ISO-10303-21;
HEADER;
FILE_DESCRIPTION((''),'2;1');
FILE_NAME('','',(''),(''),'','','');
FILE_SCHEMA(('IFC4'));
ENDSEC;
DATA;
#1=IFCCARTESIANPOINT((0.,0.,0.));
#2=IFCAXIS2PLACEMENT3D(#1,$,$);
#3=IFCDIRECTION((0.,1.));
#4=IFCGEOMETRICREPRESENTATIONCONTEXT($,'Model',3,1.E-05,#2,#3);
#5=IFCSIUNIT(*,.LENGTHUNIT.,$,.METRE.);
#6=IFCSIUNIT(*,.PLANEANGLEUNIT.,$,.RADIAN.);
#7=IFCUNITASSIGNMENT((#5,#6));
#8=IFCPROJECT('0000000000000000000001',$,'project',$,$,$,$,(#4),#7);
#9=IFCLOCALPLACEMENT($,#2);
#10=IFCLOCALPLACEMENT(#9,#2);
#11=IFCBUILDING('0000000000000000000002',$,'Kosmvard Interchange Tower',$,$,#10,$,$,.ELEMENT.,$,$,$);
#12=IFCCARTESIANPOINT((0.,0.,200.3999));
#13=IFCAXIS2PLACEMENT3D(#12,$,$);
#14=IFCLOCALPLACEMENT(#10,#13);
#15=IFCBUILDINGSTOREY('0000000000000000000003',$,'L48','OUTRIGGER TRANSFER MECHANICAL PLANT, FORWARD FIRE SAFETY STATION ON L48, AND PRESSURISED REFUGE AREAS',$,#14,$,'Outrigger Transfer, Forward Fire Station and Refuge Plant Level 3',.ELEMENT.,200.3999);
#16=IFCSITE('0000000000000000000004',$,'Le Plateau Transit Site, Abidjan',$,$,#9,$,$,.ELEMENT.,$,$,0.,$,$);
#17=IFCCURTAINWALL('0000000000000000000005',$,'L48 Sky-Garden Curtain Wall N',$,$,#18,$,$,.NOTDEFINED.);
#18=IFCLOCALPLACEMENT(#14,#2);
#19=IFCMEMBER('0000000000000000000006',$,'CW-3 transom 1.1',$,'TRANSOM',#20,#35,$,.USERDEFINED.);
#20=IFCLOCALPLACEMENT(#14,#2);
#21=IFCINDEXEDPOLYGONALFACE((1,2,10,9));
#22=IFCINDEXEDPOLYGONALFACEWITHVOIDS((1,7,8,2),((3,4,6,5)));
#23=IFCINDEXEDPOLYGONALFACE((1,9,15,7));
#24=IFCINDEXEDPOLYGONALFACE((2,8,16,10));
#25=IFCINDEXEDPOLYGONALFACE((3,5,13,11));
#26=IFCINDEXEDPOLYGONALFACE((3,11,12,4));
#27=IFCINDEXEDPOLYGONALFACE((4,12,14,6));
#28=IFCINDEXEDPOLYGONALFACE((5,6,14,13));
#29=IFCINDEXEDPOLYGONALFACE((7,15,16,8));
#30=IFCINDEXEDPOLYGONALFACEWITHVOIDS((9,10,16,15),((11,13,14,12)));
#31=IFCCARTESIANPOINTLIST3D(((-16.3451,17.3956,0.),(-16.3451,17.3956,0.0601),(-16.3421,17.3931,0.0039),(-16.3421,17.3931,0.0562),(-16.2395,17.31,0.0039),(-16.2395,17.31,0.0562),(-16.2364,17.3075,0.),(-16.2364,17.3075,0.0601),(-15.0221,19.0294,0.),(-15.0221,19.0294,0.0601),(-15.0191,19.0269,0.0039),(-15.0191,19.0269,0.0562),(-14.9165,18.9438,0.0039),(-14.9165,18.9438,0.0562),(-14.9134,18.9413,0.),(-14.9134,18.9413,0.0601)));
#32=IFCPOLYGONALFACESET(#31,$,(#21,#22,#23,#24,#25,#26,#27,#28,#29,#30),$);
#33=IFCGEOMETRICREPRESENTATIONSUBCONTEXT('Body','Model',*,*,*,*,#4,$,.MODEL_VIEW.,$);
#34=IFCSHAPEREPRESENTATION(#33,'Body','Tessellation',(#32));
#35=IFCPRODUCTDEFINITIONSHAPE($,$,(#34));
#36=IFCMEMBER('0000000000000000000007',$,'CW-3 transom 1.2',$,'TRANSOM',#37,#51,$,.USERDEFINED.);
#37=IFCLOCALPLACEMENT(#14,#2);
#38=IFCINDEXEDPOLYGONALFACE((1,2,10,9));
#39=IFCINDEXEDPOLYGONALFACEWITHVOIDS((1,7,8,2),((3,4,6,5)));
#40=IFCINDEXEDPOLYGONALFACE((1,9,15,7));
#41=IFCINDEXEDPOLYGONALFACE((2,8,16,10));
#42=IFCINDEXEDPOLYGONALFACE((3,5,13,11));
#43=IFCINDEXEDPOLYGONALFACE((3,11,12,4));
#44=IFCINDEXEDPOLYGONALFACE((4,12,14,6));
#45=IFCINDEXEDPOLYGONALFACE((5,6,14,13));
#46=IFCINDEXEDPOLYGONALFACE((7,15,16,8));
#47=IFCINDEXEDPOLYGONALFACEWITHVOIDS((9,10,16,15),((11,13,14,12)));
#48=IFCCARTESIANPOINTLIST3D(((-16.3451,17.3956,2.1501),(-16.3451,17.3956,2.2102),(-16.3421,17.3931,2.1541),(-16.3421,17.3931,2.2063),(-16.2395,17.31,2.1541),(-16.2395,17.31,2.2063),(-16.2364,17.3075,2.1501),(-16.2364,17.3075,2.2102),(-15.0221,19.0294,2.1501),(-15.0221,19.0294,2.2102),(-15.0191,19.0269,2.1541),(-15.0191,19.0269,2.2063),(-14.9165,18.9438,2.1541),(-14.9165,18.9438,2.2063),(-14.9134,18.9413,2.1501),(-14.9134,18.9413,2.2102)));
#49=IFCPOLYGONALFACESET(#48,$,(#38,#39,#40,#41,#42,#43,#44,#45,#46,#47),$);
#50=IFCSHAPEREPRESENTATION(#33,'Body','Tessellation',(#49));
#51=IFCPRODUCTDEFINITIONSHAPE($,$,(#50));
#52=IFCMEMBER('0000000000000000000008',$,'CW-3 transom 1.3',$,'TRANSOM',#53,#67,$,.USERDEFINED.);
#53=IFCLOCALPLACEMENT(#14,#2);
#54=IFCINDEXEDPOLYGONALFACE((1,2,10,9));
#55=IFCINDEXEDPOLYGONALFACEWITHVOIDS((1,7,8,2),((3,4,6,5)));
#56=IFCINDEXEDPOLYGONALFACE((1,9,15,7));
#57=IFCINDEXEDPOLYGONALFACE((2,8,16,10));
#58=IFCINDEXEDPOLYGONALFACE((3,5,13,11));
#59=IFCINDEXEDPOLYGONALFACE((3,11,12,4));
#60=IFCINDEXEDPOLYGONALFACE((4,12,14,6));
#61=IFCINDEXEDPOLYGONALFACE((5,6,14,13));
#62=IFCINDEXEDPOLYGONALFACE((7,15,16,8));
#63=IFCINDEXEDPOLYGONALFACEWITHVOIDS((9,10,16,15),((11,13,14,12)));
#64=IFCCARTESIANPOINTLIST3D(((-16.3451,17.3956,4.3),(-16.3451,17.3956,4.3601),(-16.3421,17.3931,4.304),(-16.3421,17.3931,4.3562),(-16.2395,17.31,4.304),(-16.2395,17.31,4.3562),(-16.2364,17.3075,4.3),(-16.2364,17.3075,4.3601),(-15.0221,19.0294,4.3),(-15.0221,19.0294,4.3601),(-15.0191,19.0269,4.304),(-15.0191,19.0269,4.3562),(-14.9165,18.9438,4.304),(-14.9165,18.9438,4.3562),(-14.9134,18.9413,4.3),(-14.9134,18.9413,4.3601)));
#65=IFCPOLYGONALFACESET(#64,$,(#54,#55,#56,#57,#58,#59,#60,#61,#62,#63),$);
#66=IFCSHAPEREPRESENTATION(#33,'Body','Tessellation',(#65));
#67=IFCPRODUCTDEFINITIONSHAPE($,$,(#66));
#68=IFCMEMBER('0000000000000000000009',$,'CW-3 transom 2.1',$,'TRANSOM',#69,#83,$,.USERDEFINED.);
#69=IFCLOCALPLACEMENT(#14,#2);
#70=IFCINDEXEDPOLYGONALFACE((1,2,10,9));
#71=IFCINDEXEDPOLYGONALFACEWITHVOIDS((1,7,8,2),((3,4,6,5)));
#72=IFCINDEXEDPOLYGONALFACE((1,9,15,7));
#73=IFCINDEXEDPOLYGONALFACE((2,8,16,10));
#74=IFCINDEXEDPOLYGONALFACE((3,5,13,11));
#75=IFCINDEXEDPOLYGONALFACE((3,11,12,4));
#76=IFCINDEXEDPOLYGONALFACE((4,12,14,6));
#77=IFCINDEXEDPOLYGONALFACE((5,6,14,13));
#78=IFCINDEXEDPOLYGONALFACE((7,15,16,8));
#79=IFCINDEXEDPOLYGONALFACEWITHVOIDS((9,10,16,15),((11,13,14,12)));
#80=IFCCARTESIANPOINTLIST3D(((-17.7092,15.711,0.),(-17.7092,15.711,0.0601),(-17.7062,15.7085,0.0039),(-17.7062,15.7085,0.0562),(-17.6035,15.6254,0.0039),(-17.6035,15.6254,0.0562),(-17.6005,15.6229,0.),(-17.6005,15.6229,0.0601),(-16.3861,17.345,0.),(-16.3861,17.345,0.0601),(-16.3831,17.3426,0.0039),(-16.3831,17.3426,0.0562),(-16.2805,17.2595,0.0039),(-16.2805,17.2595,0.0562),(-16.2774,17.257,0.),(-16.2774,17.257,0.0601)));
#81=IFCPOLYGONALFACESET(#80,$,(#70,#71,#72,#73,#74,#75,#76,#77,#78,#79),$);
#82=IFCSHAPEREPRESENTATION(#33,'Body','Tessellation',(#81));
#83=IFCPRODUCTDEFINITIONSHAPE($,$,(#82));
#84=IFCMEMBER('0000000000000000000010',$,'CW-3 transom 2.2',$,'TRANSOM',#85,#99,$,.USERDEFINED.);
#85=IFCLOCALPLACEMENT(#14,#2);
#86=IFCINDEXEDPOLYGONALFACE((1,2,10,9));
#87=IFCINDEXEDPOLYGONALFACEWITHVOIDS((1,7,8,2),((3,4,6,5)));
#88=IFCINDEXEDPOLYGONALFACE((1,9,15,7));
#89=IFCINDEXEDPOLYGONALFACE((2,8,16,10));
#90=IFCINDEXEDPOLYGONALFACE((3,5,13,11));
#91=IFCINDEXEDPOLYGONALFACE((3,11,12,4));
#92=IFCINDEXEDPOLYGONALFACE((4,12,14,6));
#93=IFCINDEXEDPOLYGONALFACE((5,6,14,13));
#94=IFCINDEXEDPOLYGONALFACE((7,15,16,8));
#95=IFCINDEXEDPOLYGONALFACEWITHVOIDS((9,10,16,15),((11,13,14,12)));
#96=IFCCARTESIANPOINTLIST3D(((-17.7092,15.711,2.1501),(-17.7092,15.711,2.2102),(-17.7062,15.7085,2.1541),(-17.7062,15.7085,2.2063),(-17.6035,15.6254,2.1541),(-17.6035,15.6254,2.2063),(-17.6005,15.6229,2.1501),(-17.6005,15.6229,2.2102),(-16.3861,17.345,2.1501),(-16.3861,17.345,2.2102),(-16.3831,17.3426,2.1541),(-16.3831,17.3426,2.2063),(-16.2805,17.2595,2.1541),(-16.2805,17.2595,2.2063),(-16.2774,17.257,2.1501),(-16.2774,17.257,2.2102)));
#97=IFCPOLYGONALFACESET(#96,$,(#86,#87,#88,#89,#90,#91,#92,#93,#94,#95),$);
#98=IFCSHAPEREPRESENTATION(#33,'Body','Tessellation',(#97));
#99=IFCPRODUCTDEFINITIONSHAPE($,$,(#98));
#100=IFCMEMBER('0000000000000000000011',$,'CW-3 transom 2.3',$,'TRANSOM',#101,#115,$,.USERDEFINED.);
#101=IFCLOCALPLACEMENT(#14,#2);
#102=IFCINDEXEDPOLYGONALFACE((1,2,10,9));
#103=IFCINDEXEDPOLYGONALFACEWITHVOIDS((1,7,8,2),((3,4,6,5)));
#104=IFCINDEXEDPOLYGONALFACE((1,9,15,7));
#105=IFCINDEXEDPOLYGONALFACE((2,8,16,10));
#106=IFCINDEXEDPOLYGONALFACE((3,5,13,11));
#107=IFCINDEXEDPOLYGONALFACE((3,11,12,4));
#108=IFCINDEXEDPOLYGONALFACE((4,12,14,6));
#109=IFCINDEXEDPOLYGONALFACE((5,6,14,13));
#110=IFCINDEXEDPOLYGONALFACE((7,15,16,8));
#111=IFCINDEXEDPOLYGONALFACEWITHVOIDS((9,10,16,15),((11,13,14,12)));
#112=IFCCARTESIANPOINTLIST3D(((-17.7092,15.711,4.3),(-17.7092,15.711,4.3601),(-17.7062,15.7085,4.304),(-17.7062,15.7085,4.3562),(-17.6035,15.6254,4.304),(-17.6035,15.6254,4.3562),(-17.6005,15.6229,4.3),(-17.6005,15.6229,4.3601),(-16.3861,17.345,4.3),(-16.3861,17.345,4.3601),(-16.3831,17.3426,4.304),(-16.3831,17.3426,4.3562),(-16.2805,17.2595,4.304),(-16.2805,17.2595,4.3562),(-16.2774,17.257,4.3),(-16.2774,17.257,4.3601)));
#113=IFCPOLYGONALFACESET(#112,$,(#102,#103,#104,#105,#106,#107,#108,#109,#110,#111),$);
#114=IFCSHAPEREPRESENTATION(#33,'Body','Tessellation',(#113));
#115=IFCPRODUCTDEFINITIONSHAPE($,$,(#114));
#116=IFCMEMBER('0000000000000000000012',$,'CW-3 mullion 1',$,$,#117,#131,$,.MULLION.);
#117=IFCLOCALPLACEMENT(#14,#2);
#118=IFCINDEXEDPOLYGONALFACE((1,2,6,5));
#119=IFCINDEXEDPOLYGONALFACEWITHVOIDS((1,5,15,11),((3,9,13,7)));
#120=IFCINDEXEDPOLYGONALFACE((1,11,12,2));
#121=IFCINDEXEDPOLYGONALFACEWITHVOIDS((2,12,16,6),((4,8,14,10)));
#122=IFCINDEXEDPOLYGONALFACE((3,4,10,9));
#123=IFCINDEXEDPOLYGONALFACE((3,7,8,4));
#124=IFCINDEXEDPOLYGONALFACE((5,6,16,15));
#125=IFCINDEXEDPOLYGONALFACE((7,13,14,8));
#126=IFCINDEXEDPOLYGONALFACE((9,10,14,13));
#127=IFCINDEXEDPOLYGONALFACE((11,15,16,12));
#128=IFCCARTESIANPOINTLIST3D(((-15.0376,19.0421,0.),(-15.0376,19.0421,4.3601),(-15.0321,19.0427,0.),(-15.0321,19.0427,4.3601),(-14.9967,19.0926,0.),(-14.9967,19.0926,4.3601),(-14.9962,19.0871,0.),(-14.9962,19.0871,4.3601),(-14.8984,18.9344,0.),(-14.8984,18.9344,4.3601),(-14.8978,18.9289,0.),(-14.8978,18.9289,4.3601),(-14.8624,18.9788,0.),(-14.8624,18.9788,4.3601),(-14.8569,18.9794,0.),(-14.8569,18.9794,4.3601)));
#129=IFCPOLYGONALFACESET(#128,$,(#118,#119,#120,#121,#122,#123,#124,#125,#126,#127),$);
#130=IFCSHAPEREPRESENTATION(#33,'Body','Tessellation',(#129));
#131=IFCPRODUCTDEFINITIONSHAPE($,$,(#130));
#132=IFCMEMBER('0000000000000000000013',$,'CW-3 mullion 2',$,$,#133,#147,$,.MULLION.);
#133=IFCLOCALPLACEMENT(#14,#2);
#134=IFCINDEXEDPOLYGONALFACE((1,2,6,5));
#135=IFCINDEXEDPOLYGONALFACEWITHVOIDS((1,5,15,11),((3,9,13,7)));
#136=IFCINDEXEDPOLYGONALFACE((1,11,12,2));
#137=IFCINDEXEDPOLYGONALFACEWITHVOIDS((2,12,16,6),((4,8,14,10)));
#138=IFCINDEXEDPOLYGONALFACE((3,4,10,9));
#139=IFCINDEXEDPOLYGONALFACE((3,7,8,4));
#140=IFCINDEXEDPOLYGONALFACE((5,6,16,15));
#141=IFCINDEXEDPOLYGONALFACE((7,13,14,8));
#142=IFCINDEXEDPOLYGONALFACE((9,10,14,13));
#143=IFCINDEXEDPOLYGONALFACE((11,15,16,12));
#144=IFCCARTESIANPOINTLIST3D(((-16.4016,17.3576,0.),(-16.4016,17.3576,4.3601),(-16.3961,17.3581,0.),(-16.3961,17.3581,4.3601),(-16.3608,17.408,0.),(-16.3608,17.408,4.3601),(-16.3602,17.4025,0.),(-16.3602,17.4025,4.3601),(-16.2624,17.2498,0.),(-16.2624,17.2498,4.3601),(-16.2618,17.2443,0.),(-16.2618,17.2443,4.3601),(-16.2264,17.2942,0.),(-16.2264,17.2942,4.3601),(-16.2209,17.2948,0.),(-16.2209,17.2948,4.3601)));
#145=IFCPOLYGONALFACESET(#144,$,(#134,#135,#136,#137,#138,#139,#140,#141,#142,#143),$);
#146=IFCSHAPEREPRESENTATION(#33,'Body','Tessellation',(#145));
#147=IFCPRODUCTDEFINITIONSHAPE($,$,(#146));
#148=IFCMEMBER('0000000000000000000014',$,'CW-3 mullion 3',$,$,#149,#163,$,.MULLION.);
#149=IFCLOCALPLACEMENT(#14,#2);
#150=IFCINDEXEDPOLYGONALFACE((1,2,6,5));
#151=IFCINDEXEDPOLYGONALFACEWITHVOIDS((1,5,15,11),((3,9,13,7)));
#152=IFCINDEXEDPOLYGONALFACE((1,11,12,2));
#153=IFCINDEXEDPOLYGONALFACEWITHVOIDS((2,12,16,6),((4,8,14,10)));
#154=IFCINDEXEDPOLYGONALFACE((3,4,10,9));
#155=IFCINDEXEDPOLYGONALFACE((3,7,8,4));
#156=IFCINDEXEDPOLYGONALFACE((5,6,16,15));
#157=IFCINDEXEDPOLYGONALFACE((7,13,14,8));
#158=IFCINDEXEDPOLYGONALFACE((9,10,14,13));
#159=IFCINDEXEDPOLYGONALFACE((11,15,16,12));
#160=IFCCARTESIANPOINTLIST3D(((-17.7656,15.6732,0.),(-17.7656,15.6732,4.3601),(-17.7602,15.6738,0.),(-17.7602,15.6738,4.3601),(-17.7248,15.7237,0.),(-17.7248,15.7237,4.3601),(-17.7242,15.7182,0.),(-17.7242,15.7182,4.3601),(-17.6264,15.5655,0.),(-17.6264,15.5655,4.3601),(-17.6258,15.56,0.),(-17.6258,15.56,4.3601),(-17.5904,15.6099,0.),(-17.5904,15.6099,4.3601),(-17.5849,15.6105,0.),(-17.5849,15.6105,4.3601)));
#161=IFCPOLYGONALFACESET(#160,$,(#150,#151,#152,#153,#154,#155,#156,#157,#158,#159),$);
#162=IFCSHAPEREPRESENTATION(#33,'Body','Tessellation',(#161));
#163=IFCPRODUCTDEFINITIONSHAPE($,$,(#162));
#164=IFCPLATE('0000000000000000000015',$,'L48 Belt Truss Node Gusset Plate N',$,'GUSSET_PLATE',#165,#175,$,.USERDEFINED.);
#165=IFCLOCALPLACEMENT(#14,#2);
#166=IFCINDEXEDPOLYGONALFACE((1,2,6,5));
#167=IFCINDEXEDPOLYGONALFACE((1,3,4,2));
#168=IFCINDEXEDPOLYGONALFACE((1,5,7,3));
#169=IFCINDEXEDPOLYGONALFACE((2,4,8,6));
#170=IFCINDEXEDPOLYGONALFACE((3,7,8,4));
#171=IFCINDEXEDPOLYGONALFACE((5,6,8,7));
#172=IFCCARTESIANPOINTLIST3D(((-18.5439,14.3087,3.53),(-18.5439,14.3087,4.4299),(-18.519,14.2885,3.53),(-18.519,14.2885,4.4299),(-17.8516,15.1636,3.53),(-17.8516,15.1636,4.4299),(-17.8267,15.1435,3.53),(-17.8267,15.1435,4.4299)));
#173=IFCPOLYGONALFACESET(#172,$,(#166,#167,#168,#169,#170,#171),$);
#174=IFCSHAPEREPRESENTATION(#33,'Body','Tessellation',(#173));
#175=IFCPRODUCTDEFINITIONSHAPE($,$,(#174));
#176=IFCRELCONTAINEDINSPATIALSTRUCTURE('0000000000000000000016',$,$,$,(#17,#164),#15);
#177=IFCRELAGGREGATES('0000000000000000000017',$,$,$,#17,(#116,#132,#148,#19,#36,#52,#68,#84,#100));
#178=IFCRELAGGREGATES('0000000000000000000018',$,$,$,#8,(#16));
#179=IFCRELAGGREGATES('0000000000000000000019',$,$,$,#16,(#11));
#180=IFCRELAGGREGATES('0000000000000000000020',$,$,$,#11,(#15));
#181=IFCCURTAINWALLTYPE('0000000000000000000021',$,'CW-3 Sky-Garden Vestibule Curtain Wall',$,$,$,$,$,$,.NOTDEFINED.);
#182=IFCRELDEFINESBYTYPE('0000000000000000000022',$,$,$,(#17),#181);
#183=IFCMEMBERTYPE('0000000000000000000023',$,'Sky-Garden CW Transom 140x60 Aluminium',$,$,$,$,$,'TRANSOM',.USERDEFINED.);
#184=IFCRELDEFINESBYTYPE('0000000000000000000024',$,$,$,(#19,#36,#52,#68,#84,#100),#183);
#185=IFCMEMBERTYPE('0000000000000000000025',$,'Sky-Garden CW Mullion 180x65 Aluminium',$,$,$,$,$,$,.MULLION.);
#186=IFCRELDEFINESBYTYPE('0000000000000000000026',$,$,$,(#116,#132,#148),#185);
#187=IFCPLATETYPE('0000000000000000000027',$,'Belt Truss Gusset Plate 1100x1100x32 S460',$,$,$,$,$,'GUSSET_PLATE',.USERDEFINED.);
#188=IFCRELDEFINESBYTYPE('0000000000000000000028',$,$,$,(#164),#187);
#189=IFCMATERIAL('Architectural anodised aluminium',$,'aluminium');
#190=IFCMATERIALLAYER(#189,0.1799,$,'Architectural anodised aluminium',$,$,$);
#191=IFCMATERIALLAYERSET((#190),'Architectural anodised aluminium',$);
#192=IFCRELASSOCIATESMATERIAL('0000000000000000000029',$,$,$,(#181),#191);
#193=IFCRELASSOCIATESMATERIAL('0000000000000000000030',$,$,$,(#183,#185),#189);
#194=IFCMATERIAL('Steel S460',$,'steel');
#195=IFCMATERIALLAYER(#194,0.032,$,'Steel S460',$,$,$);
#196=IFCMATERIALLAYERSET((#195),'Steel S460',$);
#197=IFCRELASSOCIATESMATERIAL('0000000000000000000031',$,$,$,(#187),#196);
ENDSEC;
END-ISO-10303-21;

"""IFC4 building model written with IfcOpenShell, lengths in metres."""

from ifc_helpers import new_model, si_unit, direction, frame, origin, origin_2d, place, context, subcontext, project, spatial, rectangle, hollow_rectangle, extrude, source, transform, mapped, material, layer, layer_set, material_profile, profile_set, type_object, element, aggregate, save


model = new_model("IFC4")

# Units and contexts
model_context = context("Model", 3, precision=1e-05, world=origin(), true_north=direction((0.0, 1.0)))
body_context = subcontext(model_context, "Body", "Model", "MODEL_VIEW")
ifc_project = project(units=[si_unit("LENGTHUNIT", "METRE"), si_unit("PLANEANGLEUNIT", "RADIAN")], contexts=[model_context])

# Site, building, storey
site_placement = place(None, origin())
site = spatial("IfcSite", under=ifc_project, at=site_placement, Name="Le Plateau Transit Site, Abidjan", CompositionType="ELEMENT", RefElevation=0.0)
building_placement = place(site_placement, origin())
building = spatial("IfcBuilding", under=site, at=building_placement, Name="Kosmvard Interchange Tower", CompositionType="ELEMENT")
storey_placement = place(building_placement, frame((0.0, 0.0, 200.3999)))
storey = spatial("IfcBuildingStorey", under=building, at=storey_placement, Name="L48", Description="OUTRIGGER TRANSFER MECHANICAL PLANT, FORWARD FIRE SAFETY STATION ON L48, AND PRESSURISED REFUGE AREAS", LongName="Outrigger Transfer, Forward Fire Station and Refuge Plant Level 3", CompositionType="ELEMENT", Elevation=200.3999)

# Shared definitions
ifc_material_1 = material(Name="Steel S460", Category="steel")

# Curtain wall, members
ifc_material_2 = material(Name="Architectural anodised aluminium", Category="aluminium")
ifc_layer_1 = layer(ifc_material_2, 0.1799, Name="Architectural anodised aluminium")
ifc_layer_set_1 = layer_set([ifc_layer_1], Name="Architectural anodised aluminium")
curtain_wall_type = type_object("IfcCurtainWallType", Name="CW-3 Sky-Garden Vestibule Curtain Wall", PredefinedType="NOTDEFINED", material=ifc_layer_set_1)
curtain_wall_placement = place(storey_placement, origin())
curtain_wall = element("IfcCurtainWall", 1, at=curtain_wall_placement, inside=storey, type_object=curtain_wall_type, Name="L48 Sky-Garden Curtain Wall N", PredefinedType="NOTDEFINED")
ifc_material_profile_1 = material_profile(ifc_material_2, hollow_rectangle(XDim=0.1399, YDim=0.0601, WallThickness=0.0039, at=origin_2d()), Name="CWT 140x60x4")
ifc_profile_set_1 = profile_set([ifc_material_profile_1], Name="Architectural anodised aluminium")
member_type_1 = type_object("IfcMemberType", Name="Sky-Garden CW Transom 140x60 Aluminium", ElementType="TRANSOM", PredefinedType="USERDEFINED", material=ifc_profile_set_1)
shared_shape_1 = source(origin(), body_context, "Body", "SweptSolid", [
    extrude(hollow_rectangle(XDim=0.1399, YDim=0.0601, WallThickness=0.0039, at=origin_2d()), origin(), (0.0, 0.0, 1.0), 2.1023),
])
member_1_placement = place(storey_placement, frame((-14.9678, 18.9854, 0.03), z_axis=(-0.629315, -0.77715, 0.0), x_axis=(0.77715, -0.629315, 0.0)))
member_1 = element("IfcMember", 2, at=member_1_placement, type_object=member_type_1, Name="CW-3 transom 1.1", ObjectType="TRANSOM", PredefinedType="USERDEFINED", context=body_context, shape_type="MappedRepresentation", body=[
    mapped(shared_shape_1, transform((0.0, 0.0, 0.0), scale=1.0)),
])
member_2_placement = place(storey_placement, frame((-14.9678, 18.9854, 2.1802), z_axis=(-0.629315, -0.77715, 0.0), x_axis=(0.77715, -0.629315, 0.0)))
member_2 = element("IfcMember", 3, at=member_2_placement, type_object=member_type_1, Name="CW-3 transom 1.2", ObjectType="TRANSOM", PredefinedType="USERDEFINED", context=body_context, shape_type="MappedRepresentation", body=[
    mapped(shared_shape_1, transform((0.0, 0.0, 0.0), scale=1.0)),
])
member_3_placement = place(storey_placement, frame((-14.9678, 18.9854, 4.3301), z_axis=(-0.629315, -0.77715, 0.0), x_axis=(0.77715, -0.629315, 0.0)))
member_3 = element("IfcMember", 4, at=member_3_placement, type_object=member_type_1, Name="CW-3 transom 1.3", ObjectType="TRANSOM", PredefinedType="USERDEFINED", context=body_context, shape_type="MappedRepresentation", body=[
    mapped(shared_shape_1, transform((0.0, 0.0, 0.0), scale=1.0)),
])
shared_shape_2 = source(origin(), body_context, "Body", "SweptSolid", [
    extrude(hollow_rectangle(XDim=0.1399, YDim=0.0601, WallThickness=0.0039, at=origin_2d()), origin(), (0.0, 0.0, 1.0), 2.1025),
])
member_4_placement = place(storey_placement, frame((-16.3318, 17.301, 0.03), z_axis=(-0.629258, -0.777196, 0.0), x_axis=(0.777196, -0.629258, 0.0)))
member_4 = element("IfcMember", 5, at=member_4_placement, type_object=member_type_1, Name="CW-3 transom 2.1", ObjectType="TRANSOM", PredefinedType="USERDEFINED", context=body_context, shape_type="MappedRepresentation", body=[
    mapped(shared_shape_2, transform((0.0, 0.0, 0.0), scale=1.0)),
])
member_5_placement = place(storey_placement, frame((-16.3318, 17.301, 2.1802), z_axis=(-0.629258, -0.777196, 0.0), x_axis=(0.777196, -0.629258, 0.0)))
member_5 = element("IfcMember", 6, at=member_5_placement, type_object=member_type_1, Name="CW-3 transom 2.2", ObjectType="TRANSOM", PredefinedType="USERDEFINED", context=body_context, shape_type="MappedRepresentation", body=[
    mapped(shared_shape_2, transform((0.0, 0.0, 0.0), scale=1.0)),
])
member_6_placement = place(storey_placement, frame((-16.3318, 17.301, 4.3301), z_axis=(-0.629258, -0.777196, 0.0), x_axis=(0.777196, -0.629258, 0.0)))
member_6 = element("IfcMember", 7, at=member_6_placement, type_object=member_type_1, Name="CW-3 transom 2.3", ObjectType="TRANSOM", PredefinedType="USERDEFINED", context=body_context, shape_type="MappedRepresentation", body=[
    mapped(shared_shape_2, transform((0.0, 0.0, 0.0), scale=1.0)),
])
ifc_material_profile_2 = material_profile(ifc_material_2, hollow_rectangle(XDim=0.1799, YDim=0.0649, WallThickness=0.0039, at=origin_2d()), Name="CWM 180x65x4")
ifc_profile_set_2 = profile_set([ifc_material_profile_2], Name="Architectural anodised aluminium")
member_type_2 = type_object("IfcMemberType", Name="Sky-Garden CW Mullion 180x65 Aluminium", PredefinedType="MULLION", material=ifc_profile_set_2)
shared_shape_3 = source(origin(), body_context, "Body", "SweptSolid", [
    extrude(hollow_rectangle(XDim=0.1799, YDim=0.0649, WallThickness=0.0039, at=origin_2d()), origin(), (0.0, 0.0, 1.0), 4.3601),
])
member_7_placement = place(storey_placement, frame((-14.9473, 19.0107, 0.0), z_axis=(0.0, 0.0, 1.0), x_axis=(0.777146, -0.62932, 0.0)))
member_7 = element("IfcMember", 8, at=member_7_placement, type_object=member_type_2, Name="CW-3 mullion 1", PredefinedType="MULLION", context=body_context, shape_type="MappedRepresentation", body=[
    mapped(shared_shape_3, transform((0.0, 0.0, 0.0), scale=1.0)),
])
member_8_placement = place(storey_placement, frame((-16.3113, 17.3262, 0.0), z_axis=(0.0, 0.0, 1.0), x_axis=(0.777146, -0.62932, 0.0)))
member_8 = element("IfcMember", 9, at=member_8_placement, type_object=member_type_2, Name="CW-3 mullion 2", PredefinedType="MULLION", context=body_context, shape_type="MappedRepresentation", body=[
    mapped(shared_shape_3, transform((0.0, 0.0, 0.0), scale=1.0)),
])
member_9_placement = place(storey_placement, frame((-17.6753, 15.6418, 0.0), z_axis=(0.0, 0.0, 1.0), x_axis=(0.777146, -0.62932, 0.0)))
member_9 = element("IfcMember", 10, at=member_9_placement, type_object=member_type_2, Name="CW-3 mullion 3", PredefinedType="MULLION", context=body_context, shape_type="MappedRepresentation", body=[
    mapped(shared_shape_3, transform((0.0, 0.0, 0.0), scale=1.0)),
])

# Plate
ifc_layer_2 = layer(ifc_material_1, 0.032, Name="Steel S460")
ifc_layer_set_2 = layer_set([ifc_layer_2], Name="Steel S460")
plate_type_1 = type_object("IfcPlateType", Name="Belt Truss Gusset Plate 1100x1100x32 S460", ElementType="GUSSET_PLATE", PredefinedType="USERDEFINED", material=ifc_layer_set_2)
shared_shape_4 = source(origin(), body_context, "Body", "SweptSolid", [
    extrude(rectangle(XDim=1.1001, YDim=0.032, at=origin_2d()), origin(), (0.0, 0.0, 1.0), 0.8999),
])
plate_1_placement = place(storey_placement, frame((-18.1853, 14.7261, 3.53), z_axis=(0.0, 0.0, 1.0), x_axis=(0.62932, 0.777146, 0.0)))
element("IfcPlate", 11, at=plate_1_placement, inside=storey, type_object=plate_type_1, Name="L48 Belt Truss Node Gusset Plate N", ObjectType="GUSSET_PLATE", PredefinedType="USERDEFINED", context=body_context, shape_type="MappedRepresentation", body=[
    mapped(shared_shape_4, transform((0.0, 0.0, 0.0), scale=1.0)),
])
aggregate(curtain_wall, [member_7, member_8, member_9, member_1, member_2, member_3, member_4, member_5, member_6])

save(model, "model.ifc")
